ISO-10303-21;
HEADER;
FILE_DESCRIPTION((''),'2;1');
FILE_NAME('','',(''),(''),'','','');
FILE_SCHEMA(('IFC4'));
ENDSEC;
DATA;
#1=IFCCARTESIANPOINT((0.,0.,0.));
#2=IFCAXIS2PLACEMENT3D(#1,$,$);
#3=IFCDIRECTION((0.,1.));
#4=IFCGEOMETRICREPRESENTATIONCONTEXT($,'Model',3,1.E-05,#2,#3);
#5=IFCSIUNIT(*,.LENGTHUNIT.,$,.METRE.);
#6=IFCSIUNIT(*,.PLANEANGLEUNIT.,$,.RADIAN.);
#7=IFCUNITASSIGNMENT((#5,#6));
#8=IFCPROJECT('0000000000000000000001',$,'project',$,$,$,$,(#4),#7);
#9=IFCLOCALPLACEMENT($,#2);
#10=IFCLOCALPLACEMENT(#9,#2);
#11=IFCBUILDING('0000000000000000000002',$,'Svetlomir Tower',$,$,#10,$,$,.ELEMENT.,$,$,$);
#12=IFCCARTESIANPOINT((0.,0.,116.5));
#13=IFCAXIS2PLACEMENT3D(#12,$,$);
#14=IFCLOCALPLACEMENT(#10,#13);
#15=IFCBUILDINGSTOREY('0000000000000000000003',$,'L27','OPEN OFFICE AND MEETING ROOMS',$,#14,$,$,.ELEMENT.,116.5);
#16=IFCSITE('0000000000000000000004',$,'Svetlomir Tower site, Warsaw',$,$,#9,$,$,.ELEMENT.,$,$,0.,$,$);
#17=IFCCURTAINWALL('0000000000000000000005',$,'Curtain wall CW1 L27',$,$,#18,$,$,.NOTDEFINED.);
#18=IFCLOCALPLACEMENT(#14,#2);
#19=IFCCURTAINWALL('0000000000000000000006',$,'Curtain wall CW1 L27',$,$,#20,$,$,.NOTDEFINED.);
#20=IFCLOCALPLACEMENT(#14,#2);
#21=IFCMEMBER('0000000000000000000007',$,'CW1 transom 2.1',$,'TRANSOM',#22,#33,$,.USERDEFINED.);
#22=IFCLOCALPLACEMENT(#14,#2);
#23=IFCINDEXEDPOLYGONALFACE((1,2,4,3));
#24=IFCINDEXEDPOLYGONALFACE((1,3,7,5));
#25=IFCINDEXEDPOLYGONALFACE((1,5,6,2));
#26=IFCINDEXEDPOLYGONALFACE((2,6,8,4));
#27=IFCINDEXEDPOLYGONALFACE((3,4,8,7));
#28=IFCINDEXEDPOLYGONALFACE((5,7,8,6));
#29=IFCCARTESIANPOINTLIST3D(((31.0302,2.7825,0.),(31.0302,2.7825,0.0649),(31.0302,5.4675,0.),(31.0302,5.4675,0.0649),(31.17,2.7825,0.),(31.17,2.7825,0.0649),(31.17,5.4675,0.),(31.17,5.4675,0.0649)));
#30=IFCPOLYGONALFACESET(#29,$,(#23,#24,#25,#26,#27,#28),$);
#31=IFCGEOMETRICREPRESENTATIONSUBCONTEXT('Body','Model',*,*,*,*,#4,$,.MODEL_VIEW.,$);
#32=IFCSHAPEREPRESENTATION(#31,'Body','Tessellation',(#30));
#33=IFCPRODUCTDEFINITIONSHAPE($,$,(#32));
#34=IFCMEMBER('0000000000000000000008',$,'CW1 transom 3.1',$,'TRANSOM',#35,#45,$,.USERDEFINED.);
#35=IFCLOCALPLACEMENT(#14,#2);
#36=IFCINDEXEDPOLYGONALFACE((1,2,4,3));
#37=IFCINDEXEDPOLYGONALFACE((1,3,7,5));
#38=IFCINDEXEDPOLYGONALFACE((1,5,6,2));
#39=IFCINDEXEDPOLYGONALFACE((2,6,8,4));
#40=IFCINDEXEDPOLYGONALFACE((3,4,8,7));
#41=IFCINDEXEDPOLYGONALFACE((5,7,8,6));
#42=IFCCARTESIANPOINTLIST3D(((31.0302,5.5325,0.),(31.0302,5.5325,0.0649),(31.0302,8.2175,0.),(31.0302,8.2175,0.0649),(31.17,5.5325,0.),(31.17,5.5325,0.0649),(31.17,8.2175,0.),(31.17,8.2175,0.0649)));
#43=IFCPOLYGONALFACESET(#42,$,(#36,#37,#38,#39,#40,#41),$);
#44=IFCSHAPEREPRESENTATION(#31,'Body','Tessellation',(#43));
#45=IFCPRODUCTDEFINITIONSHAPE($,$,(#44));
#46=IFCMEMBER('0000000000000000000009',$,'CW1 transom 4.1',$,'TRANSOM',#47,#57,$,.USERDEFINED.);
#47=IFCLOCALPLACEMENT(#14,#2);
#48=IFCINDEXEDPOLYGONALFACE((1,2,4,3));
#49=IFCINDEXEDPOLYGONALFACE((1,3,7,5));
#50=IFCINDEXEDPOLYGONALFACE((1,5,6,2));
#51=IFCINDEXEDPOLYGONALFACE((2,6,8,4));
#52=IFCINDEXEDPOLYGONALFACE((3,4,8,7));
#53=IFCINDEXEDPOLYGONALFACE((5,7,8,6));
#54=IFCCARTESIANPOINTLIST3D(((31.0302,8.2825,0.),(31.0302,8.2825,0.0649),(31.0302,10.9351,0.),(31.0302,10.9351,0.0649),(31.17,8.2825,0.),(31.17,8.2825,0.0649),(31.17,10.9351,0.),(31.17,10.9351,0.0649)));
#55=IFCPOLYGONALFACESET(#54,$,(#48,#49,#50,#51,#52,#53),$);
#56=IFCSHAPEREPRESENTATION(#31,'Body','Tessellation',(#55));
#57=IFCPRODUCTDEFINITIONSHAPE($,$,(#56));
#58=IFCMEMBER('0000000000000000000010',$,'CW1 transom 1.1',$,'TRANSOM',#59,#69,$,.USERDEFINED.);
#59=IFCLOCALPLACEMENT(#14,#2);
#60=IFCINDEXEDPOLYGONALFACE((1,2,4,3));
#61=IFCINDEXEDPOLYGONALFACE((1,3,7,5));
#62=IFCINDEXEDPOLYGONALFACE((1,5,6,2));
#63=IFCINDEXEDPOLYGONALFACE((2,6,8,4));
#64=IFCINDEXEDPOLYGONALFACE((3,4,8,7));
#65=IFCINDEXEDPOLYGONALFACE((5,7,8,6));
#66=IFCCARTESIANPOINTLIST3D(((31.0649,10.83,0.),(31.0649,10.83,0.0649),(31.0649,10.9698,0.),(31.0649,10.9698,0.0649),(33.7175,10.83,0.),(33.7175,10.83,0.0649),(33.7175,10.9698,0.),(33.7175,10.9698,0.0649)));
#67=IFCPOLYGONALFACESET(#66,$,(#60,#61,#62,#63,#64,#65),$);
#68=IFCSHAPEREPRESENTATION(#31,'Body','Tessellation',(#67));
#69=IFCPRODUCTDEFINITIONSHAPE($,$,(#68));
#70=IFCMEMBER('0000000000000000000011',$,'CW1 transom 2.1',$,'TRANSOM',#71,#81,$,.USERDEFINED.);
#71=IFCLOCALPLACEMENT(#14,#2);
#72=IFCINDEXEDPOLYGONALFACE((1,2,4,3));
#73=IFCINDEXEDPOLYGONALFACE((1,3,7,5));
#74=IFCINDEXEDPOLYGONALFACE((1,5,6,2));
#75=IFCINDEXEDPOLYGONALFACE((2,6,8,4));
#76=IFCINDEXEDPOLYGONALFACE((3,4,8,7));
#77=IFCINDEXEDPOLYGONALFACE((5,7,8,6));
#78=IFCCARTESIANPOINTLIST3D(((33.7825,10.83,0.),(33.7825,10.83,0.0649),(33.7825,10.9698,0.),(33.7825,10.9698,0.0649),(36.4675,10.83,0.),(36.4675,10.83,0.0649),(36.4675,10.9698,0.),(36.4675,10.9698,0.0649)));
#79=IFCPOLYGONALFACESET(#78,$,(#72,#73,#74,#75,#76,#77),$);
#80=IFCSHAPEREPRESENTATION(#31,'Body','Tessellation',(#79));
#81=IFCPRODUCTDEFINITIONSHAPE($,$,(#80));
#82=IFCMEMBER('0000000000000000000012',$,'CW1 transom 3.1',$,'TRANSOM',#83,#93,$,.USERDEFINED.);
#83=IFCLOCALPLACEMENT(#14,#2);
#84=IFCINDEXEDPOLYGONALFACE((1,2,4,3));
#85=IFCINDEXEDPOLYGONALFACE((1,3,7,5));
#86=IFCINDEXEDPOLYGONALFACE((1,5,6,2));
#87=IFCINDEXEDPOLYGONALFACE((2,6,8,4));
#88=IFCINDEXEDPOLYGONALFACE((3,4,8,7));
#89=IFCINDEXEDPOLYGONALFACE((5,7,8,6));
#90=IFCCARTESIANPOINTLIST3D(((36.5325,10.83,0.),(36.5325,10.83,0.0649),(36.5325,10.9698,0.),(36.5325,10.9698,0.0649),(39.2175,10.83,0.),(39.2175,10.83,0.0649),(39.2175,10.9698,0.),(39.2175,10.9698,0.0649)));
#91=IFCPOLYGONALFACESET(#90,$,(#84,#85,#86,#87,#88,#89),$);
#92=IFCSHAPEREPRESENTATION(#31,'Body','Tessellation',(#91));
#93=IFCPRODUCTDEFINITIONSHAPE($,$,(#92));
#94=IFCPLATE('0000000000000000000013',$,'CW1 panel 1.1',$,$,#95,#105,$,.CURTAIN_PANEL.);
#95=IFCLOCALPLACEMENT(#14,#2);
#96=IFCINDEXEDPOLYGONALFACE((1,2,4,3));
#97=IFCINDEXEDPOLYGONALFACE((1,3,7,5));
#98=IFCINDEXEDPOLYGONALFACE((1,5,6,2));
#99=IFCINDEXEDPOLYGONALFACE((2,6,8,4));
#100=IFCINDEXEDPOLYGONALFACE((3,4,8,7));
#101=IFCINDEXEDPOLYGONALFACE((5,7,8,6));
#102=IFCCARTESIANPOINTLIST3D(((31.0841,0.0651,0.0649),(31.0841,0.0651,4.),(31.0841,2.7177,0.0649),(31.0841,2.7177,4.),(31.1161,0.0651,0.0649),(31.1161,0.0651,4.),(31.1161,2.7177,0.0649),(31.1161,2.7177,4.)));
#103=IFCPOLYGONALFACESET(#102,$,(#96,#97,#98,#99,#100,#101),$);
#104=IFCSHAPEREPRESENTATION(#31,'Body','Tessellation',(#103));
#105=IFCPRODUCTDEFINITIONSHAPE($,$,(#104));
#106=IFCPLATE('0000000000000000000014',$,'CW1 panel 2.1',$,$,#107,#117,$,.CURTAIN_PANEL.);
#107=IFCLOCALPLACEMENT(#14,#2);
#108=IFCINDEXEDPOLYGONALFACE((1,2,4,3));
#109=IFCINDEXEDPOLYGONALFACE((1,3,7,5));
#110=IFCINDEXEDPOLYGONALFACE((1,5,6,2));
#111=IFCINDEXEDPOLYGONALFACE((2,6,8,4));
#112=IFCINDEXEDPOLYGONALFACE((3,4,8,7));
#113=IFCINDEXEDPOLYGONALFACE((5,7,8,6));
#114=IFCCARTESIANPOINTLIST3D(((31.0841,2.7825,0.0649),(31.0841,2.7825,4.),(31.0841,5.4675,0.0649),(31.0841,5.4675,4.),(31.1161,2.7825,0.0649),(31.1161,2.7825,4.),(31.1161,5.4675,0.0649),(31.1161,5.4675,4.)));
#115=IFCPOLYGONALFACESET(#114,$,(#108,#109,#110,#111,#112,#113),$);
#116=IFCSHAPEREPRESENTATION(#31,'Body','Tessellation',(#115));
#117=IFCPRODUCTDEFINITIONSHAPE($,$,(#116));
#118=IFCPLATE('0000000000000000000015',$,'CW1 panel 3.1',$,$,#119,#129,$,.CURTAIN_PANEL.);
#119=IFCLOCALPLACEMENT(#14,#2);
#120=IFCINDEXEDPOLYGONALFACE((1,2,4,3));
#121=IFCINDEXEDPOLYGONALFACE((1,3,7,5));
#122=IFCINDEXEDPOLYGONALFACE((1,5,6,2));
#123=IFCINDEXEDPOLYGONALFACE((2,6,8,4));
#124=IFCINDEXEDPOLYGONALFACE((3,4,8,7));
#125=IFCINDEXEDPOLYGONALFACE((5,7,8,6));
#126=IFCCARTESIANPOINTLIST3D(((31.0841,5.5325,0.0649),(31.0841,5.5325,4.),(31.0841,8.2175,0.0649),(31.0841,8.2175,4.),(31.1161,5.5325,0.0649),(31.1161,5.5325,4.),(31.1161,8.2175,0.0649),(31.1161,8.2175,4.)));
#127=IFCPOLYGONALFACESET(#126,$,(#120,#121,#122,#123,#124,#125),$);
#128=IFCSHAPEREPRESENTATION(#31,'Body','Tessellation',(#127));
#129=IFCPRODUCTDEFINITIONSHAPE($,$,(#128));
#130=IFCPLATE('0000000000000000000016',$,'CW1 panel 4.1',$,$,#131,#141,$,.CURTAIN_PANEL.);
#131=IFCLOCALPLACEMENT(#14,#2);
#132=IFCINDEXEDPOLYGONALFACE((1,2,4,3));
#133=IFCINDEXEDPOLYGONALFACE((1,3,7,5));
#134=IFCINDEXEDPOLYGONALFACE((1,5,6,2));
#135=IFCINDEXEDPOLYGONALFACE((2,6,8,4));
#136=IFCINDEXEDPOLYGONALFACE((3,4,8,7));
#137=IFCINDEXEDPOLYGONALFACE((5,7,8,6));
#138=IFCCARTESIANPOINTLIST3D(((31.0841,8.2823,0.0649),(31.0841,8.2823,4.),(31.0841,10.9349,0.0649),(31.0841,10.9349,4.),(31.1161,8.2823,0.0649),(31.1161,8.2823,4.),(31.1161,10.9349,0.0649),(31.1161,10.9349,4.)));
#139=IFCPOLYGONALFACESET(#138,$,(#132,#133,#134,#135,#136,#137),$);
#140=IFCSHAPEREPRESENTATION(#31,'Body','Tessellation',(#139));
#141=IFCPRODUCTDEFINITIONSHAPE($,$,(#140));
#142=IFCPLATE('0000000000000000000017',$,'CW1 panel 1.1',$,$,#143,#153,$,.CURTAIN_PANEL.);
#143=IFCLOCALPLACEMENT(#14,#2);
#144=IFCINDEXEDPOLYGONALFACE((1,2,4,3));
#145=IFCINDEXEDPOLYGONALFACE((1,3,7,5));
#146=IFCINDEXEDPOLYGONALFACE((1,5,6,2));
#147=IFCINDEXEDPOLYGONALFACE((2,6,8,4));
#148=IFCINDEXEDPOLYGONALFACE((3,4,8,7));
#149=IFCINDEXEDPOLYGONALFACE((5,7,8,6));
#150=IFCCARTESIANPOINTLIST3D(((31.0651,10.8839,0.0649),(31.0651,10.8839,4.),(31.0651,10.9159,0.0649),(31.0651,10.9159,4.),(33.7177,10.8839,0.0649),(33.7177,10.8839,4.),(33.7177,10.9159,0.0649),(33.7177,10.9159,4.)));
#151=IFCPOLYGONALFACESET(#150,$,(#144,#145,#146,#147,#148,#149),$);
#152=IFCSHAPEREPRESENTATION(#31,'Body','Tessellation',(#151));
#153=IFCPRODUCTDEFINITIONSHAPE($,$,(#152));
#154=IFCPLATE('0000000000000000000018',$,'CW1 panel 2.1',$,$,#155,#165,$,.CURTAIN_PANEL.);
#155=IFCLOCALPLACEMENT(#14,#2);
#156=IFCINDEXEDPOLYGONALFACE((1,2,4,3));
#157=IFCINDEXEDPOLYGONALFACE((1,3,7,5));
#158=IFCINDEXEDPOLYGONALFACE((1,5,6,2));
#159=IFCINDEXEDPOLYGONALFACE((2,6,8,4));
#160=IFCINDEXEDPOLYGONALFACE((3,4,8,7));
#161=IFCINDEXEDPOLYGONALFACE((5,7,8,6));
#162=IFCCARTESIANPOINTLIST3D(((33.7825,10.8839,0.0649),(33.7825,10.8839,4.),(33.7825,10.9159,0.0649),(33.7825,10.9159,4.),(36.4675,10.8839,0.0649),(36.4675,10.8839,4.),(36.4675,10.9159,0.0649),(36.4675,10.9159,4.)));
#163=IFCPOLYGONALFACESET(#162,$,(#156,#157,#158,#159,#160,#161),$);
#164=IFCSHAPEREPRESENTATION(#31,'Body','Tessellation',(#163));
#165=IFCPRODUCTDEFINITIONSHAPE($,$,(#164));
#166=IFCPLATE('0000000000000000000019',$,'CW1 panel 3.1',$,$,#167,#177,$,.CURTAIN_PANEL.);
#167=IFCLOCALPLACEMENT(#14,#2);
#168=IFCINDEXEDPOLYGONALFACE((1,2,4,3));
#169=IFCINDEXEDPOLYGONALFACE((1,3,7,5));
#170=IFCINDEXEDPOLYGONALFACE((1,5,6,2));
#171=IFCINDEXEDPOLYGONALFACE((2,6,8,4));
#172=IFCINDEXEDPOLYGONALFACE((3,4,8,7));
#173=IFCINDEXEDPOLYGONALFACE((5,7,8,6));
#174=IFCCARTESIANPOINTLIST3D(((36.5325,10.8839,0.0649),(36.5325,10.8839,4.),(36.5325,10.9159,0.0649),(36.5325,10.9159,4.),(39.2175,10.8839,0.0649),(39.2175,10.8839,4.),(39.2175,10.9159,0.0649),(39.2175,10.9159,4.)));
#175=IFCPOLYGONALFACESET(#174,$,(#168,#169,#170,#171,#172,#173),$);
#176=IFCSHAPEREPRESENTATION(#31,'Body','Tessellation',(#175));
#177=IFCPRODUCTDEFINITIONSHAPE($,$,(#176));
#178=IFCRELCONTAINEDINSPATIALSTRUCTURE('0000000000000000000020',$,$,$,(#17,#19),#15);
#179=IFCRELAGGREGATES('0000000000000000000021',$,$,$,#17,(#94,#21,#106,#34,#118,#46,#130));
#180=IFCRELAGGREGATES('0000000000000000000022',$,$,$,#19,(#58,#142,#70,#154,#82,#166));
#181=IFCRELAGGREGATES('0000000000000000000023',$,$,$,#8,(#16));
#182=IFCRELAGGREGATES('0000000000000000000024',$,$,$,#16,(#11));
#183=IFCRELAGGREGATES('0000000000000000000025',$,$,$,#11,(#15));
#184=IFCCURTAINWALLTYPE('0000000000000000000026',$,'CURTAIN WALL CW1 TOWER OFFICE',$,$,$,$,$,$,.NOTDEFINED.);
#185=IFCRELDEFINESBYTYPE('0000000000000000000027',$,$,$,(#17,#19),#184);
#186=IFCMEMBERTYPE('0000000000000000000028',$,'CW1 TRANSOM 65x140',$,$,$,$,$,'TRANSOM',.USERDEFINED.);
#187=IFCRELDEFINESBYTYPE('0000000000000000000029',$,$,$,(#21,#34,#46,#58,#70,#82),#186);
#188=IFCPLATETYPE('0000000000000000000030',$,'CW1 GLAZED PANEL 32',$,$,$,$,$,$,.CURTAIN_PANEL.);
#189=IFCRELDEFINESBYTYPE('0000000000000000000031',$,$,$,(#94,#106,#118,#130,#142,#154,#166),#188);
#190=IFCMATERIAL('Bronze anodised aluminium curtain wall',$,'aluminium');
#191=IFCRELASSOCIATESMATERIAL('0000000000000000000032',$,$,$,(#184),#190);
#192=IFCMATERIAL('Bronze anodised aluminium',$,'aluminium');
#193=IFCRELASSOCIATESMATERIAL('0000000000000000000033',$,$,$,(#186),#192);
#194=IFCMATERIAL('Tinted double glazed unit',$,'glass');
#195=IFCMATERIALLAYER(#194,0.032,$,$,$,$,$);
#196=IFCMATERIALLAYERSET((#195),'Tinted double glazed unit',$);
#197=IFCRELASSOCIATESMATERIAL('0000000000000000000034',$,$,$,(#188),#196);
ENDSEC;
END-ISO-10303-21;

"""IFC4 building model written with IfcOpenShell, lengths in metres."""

from ifc_helpers import new_model, si_unit, direction, frame, origin, origin_2d, place, context, subcontext, project, spatial, rectangle, extrude, material, layer, layer_set, material_profile, profile_set, type_object, element, aggregate, save


model = new_model("IFC4")

# Units and contexts
model_context = context("Model", 3, precision=1e-05, world=origin(), true_north=direction((0.0, 1.0)))
body_context = subcontext(model_context, "Body", "Model", "MODEL_VIEW")
ifc_project = project(units=[si_unit("LENGTHUNIT", "METRE"), si_unit("PLANEANGLEUNIT", "RADIAN")], contexts=[model_context])

# Site, building, storey
site_placement = place(None, origin())
site = spatial("IfcSite", under=ifc_project, at=site_placement, Name="Svetlomir Tower site, Warsaw", CompositionType="ELEMENT", RefElevation=0.0)
building_placement = place(site_placement, origin())
building = spatial("IfcBuilding", under=site, at=building_placement, Name="Svetlomir Tower", CompositionType="ELEMENT")
storey_placement = place(building_placement, frame((0.0, 0.0, 116.5)))
storey = spatial("IfcBuildingStorey", under=building, at=storey_placement, Name="L27", Description="OPEN OFFICE AND MEETING ROOMS", CompositionType="ELEMENT", Elevation=116.5)

# Curtain walls
ifc_material_1 = material(Name="Bronze anodised aluminium curtain wall", Category="aluminium")
curtain_wall_type = type_object("IfcCurtainWallType", Name="CURTAIN WALL CW1 TOWER OFFICE", PredefinedType="NOTDEFINED", material=ifc_material_1)
curtain_wall_1_placement = place(storey_placement, origin())
curtain_wall_1 = element("IfcCurtainWall", 1, at=curtain_wall_1_placement, inside=storey, type_object=curtain_wall_type, Name="Curtain wall CW1 L27", PredefinedType="NOTDEFINED")
curtain_wall_2_placement = place(storey_placement, origin())
curtain_wall_2 = element("IfcCurtainWall", 2, at=curtain_wall_2_placement, inside=storey, type_object=curtain_wall_type, Name="Curtain wall CW1 L27", PredefinedType="NOTDEFINED")

# Members
ifc_material_2 = material(Name="Bronze anodised aluminium", Category="aluminium")
ifc_material_profile_1 = material_profile(ifc_material_2, rectangle(XDim=0.1399, YDim=0.0649, at=origin_2d()), Name="AL 140x65")
ifc_profile_set_1 = profile_set([ifc_material_profile_1], Name="Bronze anodised aluminium 6063-T6")
member_type_1 = type_object("IfcMemberType", Name="CW1 TRANSOM 65x140", ElementType="TRANSOM", PredefinedType="USERDEFINED", material=ifc_profile_set_1)
member_1_placement = place(storey_placement, frame((31.1001, 2.7825, 0.0325), z_axis=(0.0, 1.0, 0.0), x_axis=(-1.0, 0.0, 0.0)))
member_1 = element("IfcMember", 3, at=member_1_placement, type_object=member_type_1, Name="CW1 transom 2.1", ObjectType="TRANSOM", PredefinedType="USERDEFINED", context=body_context, shape_type="SweptSolid", body=[
    extrude(rectangle(XDim=0.1399, YDim=0.0649, at=origin_2d()), origin(), (0.0, 0.0, 1.0), 2.6851),
])
member_2_placement = place(storey_placement, frame((31.1001, 5.5325, 0.0325), z_axis=(0.0, 1.0, 0.0), x_axis=(-1.0, 0.0, 0.0)))
member_2 = element("IfcMember", 4, at=member_2_placement, type_object=member_type_1, Name="CW1 transom 3.1", ObjectType="TRANSOM", PredefinedType="USERDEFINED", context=body_context, shape_type="SweptSolid", body=[
    extrude(rectangle(XDim=0.1399, YDim=0.0649, at=origin_2d()), origin(), (0.0, 0.0, 1.0), 2.6851),
])
member_3_placement = place(storey_placement, frame((31.1001, 8.2825, 0.0325), z_axis=(0.0, 1.0, 0.0), x_axis=(-1.0, 0.0, 0.0)))
member_3 = element("IfcMember", 5, at=member_3_placement, type_object=member_type_1, Name="CW1 transom 4.1", ObjectType="TRANSOM", PredefinedType="USERDEFINED", context=body_context, shape_type="SweptSolid", body=[
    extrude(rectangle(XDim=0.1399, YDim=0.0649, at=origin_2d()), origin(), (0.0, 0.0, 1.0), 2.6526),
])
member_4_placement = place(storey_placement, frame((31.0649, 10.8999, 0.0325), z_axis=(1.0, 0.0, 0.0), x_axis=(0.0, 1.0, 0.0)))
member_4 = element("IfcMember", 6, at=member_4_placement, type_object=member_type_1, Name="CW1 transom 1.1", ObjectType="TRANSOM", PredefinedType="USERDEFINED", context=body_context, shape_type="SweptSolid", body=[
    extrude(rectangle(XDim=0.1399, YDim=0.0649, at=origin_2d()), origin(), (0.0, 0.0, 1.0), 2.6526),
])
member_5_placement = place(storey_placement, frame((33.7825, 10.8999, 0.0325), z_axis=(1.0, 0.0, 0.0), x_axis=(0.0, 1.0, 0.0)))
member_5 = element("IfcMember", 7, at=member_5_placement, type_object=member_type_1, Name="CW1 transom 2.1", ObjectType="TRANSOM", PredefinedType="USERDEFINED", context=body_context, shape_type="SweptSolid", body=[
    extrude(rectangle(XDim=0.1399, YDim=0.0649, at=origin_2d()), origin(), (0.0, 0.0, 1.0), 2.6851),
])
member_6_placement = place(storey_placement, frame((36.5325, 10.8999, 0.0325), z_axis=(1.0, 0.0, 0.0), x_axis=(0.0, 1.0, 0.0)))
member_6 = element("IfcMember", 8, at=member_6_placement, type_object=member_type_1, Name="CW1 transom 3.1", ObjectType="TRANSOM", PredefinedType="USERDEFINED", context=body_context, shape_type="SweptSolid", body=[
    extrude(rectangle(XDim=0.1399, YDim=0.0649, at=origin_2d()), origin(), (0.0, 0.0, 1.0), 2.6851),
])

# Plates
ifc_material_3 = material(Name="Tinted double glazed unit", Category="glass")
ifc_layer = layer(ifc_material_3, 0.032)
ifc_layer_set = layer_set([ifc_layer], Name="Tinted double glazed unit")
plate_type = type_object("IfcPlateType", Name="CW1 GLAZED PANEL 32", PredefinedType="CURTAIN_PANEL", material=ifc_layer_set)
plate_1_placement = place(storey_placement, frame((31.1001, 1.3914, 0.0649), z_axis=(0.0, 0.0, 1.0), x_axis=(0.0, 1.0, 0.0)))
plate_1 = element("IfcPlate", 9, at=plate_1_placement, type_object=plate_type, Name="CW1 panel 1.1", PredefinedType="CURTAIN_PANEL", context=body_context, shape_type="SweptSolid", body=[
    extrude(rectangle(XDim=2.6526, YDim=0.032, at=origin_2d()), origin(), (0.0, 0.0, 1.0), 3.9351),
])
plate_2_placement = place(storey_placement, frame((31.1001, 4.125, 0.0649), z_axis=(0.0, 0.0, 1.0), x_axis=(0.0, 1.0, 0.0)))
plate_2 = element("IfcPlate", 10, at=plate_2_placement, type_object=plate_type, Name="CW1 panel 2.1", PredefinedType="CURTAIN_PANEL", context=body_context, shape_type="SweptSolid", body=[
    extrude(rectangle(XDim=2.6851, YDim=0.032, at=origin_2d()), origin(), (0.0, 0.0, 1.0), 3.9351),
])
plate_3_placement = place(storey_placement, frame((31.1001, 6.875, 0.0649), z_axis=(0.0, 0.0, 1.0), x_axis=(0.0, 1.0, 0.0)))
plate_3 = element("IfcPlate", 11, at=plate_3_placement, type_object=plate_type, Name="CW1 panel 3.1", PredefinedType="CURTAIN_PANEL", context=body_context, shape_type="SweptSolid", body=[
    extrude(rectangle(XDim=2.6851, YDim=0.032, at=origin_2d()), origin(), (0.0, 0.0, 1.0), 3.9351),
])
plate_4_placement = place(storey_placement, frame((31.1001, 9.6086, 0.0649), z_axis=(0.0, 0.0, 1.0), x_axis=(0.0, 1.0, 0.0)))
plate_4 = element("IfcPlate", 12, at=plate_4_placement, type_object=plate_type, Name="CW1 panel 4.1", PredefinedType="CURTAIN_PANEL", context=body_context, shape_type="SweptSolid", body=[
    extrude(rectangle(XDim=2.6526, YDim=0.032, at=origin_2d()), origin(), (0.0, 0.0, 1.0), 3.9351),
])
aggregate(curtain_wall_1, [plate_1, member_1, plate_2, member_2, plate_3, member_3, plate_4])
plate_5_placement = place(storey_placement, frame((32.3914, 10.8999, 0.0649), z_axis=(0.0, 0.0, 1.0), x_axis=(1.0, 0.0, 0.0)))
plate_5 = element("IfcPlate", 13, at=plate_5_placement, type_object=plate_type, Name="CW1 panel 1.1", PredefinedType="CURTAIN_PANEL", context=body_context, shape_type="SweptSolid", body=[
    extrude(rectangle(XDim=2.6526, YDim=0.032, at=origin_2d()), origin(), (0.0, 0.0, 1.0), 3.9351),
])
plate_6_placement = place(storey_placement, frame((35.125, 10.8999, 0.0649), z_axis=(0.0, 0.0, 1.0), x_axis=(1.0, 0.0, 0.0)))
plate_6 = element("IfcPlate", 14, at=plate_6_placement, type_object=plate_type, Name="CW1 panel 2.1", PredefinedType="CURTAIN_PANEL", context=body_context, shape_type="SweptSolid", body=[
    extrude(rectangle(XDim=2.6851, YDim=0.032, at=origin_2d()), origin(), (0.0, 0.0, 1.0), 3.9351),
])
plate_7_placement = place(storey_placement, frame((37.875, 10.8999, 0.0649), z_axis=(0.0, 0.0, 1.0), x_axis=(1.0, 0.0, 0.0)))
plate_7 = element("IfcPlate", 15, at=plate_7_placement, type_object=plate_type, Name="CW1 panel 3.1", PredefinedType="CURTAIN_PANEL", context=body_context, shape_type="SweptSolid", body=[
    extrude(rectangle(XDim=2.6851, YDim=0.032, at=origin_2d()), origin(), (0.0, 0.0, 1.0), 3.9351),
])
aggregate(curtain_wall_2, [member_4, plate_5, member_5, plate_6, member_6, plate_7])

save(model, "model.ifc")
